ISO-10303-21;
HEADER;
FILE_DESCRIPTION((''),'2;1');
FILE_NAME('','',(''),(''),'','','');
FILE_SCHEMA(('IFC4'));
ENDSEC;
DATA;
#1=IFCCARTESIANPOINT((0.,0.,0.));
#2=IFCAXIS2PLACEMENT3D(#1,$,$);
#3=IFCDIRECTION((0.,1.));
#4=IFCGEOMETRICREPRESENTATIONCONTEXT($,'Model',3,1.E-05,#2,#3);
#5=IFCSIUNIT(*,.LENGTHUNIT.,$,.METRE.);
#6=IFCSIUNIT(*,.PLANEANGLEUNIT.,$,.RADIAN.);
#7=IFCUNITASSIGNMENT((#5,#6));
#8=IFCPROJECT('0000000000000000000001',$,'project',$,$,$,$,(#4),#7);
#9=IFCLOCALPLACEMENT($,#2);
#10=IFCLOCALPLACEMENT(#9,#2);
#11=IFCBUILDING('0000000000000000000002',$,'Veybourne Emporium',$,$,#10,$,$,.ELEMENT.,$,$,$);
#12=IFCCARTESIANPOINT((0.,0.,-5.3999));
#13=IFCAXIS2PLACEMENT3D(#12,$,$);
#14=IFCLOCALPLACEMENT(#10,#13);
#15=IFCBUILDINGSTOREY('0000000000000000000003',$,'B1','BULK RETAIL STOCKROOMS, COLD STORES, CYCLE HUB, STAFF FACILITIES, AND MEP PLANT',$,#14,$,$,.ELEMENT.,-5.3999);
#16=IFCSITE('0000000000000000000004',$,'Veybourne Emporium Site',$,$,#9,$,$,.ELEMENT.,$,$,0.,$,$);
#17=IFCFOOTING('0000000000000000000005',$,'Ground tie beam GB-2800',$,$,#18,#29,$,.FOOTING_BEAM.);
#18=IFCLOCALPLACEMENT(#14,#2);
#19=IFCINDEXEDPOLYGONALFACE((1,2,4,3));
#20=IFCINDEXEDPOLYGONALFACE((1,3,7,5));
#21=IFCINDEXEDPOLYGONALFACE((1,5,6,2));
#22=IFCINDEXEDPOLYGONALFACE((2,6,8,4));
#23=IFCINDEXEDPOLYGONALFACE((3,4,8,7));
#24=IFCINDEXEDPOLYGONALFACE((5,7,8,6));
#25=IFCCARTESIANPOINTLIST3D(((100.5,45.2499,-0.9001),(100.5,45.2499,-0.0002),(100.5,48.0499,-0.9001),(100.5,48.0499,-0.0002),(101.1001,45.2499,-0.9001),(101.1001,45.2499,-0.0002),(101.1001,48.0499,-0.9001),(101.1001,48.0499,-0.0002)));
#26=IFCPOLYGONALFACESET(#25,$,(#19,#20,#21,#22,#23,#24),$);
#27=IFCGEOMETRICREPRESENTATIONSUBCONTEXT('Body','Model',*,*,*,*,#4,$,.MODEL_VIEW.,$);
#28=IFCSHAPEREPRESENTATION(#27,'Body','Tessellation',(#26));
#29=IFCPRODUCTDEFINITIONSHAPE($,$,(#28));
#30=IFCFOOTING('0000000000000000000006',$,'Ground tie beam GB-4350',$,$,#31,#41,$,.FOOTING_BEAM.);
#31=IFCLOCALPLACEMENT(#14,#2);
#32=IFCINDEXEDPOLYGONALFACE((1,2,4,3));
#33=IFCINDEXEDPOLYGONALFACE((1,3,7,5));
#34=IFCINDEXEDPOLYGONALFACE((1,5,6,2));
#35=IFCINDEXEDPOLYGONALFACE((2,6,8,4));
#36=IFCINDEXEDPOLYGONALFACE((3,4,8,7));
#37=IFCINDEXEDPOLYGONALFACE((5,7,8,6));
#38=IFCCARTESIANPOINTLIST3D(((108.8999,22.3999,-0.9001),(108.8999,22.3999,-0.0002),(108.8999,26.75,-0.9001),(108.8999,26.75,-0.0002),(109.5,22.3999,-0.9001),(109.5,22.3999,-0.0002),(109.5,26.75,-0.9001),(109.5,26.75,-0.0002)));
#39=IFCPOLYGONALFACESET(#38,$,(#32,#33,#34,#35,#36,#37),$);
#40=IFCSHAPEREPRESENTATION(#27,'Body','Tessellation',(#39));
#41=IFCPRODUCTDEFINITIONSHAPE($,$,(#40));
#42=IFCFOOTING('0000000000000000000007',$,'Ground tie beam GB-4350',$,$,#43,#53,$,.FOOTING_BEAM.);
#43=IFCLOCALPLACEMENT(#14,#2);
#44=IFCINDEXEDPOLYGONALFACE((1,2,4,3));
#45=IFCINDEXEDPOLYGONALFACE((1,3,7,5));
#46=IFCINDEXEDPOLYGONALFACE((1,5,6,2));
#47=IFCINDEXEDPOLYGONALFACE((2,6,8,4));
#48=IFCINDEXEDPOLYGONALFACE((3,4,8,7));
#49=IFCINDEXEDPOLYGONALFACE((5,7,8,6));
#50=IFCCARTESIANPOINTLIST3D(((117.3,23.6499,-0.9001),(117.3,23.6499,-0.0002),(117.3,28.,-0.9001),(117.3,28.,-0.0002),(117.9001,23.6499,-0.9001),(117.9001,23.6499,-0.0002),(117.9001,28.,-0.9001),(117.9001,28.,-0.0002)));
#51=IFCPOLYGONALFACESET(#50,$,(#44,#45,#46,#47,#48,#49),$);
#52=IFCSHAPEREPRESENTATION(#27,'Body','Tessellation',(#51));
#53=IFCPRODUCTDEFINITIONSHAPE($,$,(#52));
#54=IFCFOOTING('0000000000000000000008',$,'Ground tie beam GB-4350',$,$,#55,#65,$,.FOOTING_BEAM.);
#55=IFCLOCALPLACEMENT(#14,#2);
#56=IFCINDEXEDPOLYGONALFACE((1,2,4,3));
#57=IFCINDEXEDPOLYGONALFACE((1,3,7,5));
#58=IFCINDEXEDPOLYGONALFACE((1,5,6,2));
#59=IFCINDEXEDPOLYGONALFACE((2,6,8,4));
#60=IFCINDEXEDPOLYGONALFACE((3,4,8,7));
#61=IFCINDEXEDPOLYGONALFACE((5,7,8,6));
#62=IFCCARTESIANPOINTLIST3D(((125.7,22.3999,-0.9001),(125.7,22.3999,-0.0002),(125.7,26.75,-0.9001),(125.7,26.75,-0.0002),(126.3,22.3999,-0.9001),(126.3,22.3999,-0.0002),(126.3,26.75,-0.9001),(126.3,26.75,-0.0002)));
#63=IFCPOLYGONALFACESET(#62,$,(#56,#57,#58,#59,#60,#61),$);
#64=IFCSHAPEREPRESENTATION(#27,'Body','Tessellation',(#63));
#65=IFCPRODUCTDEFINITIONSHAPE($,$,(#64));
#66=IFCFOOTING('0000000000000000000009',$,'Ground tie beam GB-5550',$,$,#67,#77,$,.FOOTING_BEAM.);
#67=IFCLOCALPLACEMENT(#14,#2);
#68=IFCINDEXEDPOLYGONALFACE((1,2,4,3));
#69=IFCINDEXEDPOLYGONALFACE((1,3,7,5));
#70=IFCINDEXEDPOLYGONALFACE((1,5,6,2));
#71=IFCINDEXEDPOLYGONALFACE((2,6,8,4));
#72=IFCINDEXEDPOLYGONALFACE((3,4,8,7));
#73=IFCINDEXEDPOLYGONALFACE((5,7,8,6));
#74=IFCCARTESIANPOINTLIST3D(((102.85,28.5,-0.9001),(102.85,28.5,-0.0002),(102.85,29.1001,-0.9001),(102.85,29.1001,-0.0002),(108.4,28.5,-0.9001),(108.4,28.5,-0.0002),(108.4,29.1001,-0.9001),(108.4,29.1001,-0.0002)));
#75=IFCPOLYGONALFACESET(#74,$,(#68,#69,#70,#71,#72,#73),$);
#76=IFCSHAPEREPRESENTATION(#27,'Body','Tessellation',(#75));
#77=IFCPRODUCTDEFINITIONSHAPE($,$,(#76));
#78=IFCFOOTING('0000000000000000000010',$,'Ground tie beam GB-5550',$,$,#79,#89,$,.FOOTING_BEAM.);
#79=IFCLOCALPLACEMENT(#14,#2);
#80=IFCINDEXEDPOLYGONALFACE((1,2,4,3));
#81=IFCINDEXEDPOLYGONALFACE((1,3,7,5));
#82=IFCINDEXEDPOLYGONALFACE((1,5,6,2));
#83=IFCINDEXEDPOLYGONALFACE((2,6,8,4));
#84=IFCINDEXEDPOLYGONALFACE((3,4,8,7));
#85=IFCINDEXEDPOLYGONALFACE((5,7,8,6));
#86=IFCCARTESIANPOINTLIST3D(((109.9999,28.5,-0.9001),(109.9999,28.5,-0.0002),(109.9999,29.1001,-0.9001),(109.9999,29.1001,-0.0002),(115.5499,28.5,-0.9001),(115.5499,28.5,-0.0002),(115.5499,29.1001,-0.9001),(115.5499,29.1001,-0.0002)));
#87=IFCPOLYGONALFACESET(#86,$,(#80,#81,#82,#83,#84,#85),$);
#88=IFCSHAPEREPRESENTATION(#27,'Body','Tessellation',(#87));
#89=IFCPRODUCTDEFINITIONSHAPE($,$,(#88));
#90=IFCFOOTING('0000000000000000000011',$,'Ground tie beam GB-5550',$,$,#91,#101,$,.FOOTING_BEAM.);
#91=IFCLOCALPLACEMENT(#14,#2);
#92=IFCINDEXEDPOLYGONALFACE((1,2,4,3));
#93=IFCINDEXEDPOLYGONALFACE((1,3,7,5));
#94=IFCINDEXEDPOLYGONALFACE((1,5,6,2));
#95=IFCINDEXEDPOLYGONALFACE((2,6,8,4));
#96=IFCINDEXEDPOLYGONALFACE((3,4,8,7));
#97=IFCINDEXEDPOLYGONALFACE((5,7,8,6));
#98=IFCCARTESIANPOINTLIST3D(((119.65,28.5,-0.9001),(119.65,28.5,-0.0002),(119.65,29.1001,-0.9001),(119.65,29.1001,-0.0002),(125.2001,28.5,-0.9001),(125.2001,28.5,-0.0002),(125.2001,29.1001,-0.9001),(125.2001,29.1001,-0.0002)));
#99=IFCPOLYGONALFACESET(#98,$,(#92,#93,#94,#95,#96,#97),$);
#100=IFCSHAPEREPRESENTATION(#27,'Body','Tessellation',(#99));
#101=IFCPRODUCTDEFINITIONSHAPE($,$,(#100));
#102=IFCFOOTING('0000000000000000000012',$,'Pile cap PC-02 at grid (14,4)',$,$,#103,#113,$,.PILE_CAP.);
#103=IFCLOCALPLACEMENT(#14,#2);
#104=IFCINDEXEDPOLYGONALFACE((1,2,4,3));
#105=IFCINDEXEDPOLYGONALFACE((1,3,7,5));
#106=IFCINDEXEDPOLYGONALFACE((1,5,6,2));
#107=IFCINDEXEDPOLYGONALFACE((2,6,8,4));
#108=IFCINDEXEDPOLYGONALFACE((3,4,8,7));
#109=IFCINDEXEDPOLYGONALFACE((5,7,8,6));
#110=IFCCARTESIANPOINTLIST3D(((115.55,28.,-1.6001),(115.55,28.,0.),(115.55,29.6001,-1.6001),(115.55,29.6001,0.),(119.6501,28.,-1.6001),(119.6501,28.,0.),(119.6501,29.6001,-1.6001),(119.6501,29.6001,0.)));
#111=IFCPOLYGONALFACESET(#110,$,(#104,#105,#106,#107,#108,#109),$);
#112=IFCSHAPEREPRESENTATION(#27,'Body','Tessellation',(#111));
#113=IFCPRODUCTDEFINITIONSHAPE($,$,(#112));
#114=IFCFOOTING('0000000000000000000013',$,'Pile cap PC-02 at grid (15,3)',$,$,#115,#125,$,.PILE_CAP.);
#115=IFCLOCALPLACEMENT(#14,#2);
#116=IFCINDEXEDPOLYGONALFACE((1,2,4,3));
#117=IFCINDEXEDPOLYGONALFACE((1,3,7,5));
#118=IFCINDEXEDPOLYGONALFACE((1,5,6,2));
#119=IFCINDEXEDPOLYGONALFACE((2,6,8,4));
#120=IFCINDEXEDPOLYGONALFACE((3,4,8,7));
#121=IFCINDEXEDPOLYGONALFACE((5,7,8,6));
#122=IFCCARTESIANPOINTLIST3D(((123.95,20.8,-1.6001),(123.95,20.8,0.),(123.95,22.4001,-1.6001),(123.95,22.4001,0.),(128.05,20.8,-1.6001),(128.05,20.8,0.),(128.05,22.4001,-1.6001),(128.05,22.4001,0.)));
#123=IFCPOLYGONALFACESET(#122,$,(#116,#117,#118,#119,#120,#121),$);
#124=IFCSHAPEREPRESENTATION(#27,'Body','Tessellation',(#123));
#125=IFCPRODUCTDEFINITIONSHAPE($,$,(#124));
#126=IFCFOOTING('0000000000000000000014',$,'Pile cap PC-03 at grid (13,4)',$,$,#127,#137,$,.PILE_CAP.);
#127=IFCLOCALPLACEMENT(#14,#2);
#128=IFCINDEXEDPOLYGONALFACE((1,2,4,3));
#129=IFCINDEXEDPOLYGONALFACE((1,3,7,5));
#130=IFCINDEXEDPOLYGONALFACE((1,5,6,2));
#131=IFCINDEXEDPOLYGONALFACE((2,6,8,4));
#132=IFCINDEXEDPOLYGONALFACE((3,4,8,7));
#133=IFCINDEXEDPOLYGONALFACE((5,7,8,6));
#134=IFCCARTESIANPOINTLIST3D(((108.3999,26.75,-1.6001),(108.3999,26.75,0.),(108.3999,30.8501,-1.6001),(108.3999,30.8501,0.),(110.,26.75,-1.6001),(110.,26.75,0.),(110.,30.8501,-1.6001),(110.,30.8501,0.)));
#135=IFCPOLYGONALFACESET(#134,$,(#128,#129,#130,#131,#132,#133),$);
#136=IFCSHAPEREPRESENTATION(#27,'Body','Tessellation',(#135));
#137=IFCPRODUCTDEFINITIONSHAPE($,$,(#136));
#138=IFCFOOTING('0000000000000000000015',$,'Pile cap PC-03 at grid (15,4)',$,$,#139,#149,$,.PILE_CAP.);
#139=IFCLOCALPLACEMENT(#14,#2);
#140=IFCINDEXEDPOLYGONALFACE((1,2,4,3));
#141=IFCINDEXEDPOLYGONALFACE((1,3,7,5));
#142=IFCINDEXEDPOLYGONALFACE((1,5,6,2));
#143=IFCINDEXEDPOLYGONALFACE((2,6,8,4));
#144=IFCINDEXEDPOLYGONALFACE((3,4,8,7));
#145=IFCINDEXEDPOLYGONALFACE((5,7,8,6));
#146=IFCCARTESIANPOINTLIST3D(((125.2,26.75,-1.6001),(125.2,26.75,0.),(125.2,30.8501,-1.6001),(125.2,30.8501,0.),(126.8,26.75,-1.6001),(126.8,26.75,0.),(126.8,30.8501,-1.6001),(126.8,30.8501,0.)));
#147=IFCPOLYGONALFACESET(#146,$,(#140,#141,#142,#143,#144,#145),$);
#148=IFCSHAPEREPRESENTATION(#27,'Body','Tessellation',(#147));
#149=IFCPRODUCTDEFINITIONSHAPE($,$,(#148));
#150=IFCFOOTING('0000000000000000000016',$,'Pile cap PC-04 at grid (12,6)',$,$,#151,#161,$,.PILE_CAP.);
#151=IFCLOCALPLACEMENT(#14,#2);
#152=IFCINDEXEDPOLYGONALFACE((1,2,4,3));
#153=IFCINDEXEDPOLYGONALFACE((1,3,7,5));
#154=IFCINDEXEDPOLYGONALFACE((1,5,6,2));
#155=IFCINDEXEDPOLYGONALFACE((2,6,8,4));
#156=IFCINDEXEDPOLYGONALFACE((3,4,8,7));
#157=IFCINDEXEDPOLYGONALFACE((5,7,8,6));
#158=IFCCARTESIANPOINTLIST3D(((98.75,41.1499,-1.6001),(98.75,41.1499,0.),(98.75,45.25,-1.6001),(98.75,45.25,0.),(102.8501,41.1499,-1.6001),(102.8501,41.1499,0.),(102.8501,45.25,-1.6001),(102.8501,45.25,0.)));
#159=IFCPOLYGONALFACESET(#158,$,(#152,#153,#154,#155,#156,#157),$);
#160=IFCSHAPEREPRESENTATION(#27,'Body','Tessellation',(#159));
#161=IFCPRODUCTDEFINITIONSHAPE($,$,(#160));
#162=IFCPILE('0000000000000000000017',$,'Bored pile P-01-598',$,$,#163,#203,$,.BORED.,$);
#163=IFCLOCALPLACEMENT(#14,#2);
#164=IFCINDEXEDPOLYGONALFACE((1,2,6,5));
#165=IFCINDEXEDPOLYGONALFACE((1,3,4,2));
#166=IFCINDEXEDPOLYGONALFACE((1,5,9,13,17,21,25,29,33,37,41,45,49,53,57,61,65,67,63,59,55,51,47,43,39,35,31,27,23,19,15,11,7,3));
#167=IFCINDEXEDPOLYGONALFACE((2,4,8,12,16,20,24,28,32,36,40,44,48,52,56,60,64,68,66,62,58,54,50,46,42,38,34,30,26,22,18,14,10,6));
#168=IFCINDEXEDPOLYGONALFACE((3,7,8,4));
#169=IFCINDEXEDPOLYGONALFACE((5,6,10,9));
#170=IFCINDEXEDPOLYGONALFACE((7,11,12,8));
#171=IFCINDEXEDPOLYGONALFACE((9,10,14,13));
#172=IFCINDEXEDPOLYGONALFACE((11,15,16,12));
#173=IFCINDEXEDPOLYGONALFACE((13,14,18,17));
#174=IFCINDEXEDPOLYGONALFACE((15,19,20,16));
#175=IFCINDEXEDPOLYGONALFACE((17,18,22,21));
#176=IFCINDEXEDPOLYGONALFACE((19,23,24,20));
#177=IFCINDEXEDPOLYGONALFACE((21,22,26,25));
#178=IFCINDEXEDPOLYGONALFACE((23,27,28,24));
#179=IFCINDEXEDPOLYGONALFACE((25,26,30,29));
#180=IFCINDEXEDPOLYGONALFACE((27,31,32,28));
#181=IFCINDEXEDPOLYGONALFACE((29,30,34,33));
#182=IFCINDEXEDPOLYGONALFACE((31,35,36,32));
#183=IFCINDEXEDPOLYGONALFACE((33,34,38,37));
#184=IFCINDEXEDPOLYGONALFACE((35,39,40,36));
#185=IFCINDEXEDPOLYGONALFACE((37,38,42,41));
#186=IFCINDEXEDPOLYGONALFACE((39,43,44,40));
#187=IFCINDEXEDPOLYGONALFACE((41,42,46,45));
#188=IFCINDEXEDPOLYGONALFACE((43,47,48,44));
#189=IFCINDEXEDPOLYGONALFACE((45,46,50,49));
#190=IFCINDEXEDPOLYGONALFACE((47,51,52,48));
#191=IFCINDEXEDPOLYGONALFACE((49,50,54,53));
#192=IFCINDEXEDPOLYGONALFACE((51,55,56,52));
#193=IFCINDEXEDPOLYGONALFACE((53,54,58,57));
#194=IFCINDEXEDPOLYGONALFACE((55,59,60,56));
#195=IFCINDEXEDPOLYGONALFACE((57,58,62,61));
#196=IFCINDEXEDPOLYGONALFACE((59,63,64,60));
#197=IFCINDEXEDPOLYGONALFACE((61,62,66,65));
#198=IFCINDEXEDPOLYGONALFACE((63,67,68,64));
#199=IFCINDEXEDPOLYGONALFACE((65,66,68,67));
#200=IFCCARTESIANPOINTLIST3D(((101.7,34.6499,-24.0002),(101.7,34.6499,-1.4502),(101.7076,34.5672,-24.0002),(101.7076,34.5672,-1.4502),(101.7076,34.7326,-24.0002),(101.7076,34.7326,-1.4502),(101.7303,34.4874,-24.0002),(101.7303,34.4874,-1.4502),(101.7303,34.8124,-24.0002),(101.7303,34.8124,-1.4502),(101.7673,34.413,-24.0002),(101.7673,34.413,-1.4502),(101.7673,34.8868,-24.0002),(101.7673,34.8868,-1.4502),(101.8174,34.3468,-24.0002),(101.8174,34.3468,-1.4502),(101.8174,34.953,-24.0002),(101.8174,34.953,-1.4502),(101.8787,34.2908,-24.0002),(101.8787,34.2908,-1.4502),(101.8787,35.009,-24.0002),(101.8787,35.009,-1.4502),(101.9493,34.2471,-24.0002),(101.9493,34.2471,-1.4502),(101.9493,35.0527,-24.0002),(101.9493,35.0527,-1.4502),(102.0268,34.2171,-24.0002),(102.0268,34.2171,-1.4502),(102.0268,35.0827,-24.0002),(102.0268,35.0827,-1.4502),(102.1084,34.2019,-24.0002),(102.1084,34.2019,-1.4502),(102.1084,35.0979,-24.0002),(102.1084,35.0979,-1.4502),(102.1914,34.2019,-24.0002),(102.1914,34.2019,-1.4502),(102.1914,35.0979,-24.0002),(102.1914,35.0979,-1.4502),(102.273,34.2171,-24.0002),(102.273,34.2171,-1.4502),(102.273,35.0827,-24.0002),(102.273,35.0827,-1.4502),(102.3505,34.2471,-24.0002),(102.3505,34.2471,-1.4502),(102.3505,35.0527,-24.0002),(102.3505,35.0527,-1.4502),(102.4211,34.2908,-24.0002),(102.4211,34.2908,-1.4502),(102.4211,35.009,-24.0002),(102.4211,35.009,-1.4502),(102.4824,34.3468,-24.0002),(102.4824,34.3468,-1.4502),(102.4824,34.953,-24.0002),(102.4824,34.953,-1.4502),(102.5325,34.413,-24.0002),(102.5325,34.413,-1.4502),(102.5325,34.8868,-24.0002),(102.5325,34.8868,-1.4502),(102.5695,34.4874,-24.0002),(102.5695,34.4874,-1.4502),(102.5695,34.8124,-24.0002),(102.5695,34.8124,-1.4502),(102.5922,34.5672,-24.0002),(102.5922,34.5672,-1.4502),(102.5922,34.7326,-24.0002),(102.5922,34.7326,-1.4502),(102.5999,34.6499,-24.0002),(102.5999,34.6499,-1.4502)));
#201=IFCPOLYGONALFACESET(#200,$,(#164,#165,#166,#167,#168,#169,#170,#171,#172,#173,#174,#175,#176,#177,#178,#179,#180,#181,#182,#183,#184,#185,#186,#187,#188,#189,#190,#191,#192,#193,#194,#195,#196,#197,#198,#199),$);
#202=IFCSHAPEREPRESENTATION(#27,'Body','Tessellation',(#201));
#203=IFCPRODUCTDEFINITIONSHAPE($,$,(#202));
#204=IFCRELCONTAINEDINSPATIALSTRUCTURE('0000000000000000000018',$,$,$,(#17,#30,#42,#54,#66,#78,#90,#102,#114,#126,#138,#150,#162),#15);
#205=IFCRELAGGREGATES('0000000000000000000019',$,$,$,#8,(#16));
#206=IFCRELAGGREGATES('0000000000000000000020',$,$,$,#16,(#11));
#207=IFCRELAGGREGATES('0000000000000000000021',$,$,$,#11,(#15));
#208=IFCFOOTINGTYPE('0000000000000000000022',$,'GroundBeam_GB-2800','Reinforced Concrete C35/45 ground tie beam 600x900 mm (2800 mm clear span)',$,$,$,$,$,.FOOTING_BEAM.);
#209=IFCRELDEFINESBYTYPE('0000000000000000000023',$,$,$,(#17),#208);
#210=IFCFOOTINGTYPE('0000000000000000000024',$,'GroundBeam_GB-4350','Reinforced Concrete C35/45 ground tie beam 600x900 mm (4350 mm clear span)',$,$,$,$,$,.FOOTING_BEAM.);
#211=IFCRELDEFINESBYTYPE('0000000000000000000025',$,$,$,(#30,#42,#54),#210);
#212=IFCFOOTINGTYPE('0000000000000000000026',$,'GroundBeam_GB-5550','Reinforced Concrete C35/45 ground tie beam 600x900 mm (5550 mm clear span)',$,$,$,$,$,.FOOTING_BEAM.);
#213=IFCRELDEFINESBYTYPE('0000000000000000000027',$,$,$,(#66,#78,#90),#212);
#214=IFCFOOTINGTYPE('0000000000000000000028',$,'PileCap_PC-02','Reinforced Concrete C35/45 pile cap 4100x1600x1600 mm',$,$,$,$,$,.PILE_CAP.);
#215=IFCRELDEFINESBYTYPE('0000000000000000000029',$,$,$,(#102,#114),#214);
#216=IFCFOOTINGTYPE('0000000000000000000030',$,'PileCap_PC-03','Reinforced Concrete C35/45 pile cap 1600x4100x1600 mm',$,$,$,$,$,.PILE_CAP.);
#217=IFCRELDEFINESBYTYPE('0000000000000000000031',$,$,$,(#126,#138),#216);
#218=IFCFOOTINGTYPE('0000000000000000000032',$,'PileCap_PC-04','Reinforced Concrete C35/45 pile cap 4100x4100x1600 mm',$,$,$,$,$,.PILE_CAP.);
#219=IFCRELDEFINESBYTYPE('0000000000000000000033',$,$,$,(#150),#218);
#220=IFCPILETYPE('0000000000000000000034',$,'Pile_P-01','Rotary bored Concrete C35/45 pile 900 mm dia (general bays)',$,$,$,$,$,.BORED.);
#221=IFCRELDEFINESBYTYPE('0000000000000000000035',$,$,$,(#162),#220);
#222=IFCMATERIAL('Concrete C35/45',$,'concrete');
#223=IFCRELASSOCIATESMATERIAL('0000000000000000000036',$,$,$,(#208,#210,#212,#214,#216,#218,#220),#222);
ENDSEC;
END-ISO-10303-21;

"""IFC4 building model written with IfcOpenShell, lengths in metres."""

from ifc_helpers import new_model, si_unit, direction, frame, origin, origin_2d, place, context, subcontext, project, spatial, rectangle, circle, extrude, material, material_profile, profile_set, type_object, element, save


model = new_model("IFC4")

# Units and contexts
model_context = context("Model", 3, precision=1e-05, world=origin(), true_north=direction((0.0, 1.0)))
body_context = subcontext(model_context, "Body", "Model", "MODEL_VIEW")
ifc_project = project(units=[si_unit("LENGTHUNIT", "METRE"), si_unit("PLANEANGLEUNIT", "RADIAN")], contexts=[model_context])

# Site, building, storey
site_placement = place(None, origin())
site = spatial("IfcSite", under=ifc_project, at=site_placement, Name="Veybourne Emporium Site", CompositionType="ELEMENT", RefElevation=0.0)
building_placement = place(site_placement, origin())
building = spatial("IfcBuilding", under=site, at=building_placement, Name="Veybourne Emporium", CompositionType="ELEMENT")
storey_placement = place(building_placement, frame((0.0, 0.0, -5.3999)))
storey = spatial("IfcBuildingStorey", under=building, at=storey_placement, Name="B1", Description="BULK RETAIL STOCKROOMS, COLD STORES, CYCLE HUB, STAFF FACILITIES, AND MEP PLANT", CompositionType="ELEMENT", Elevation=-5.3999)

# Footings
ifc_material_1 = material(Name="Concrete C35/45", Category="concrete")
footing_type_1 = type_object("IfcFootingType", Name="GroundBeam_GB-2800", Description="Reinforced Concrete C35/45 ground tie beam 600x900 mm (2800 mm clear span)", PredefinedType="FOOTING_BEAM", material=ifc_material_1)
footing_1_placement = place(storey_placement, frame((100.8, 46.6499, -0.9001), z_axis=(0.0, 0.0, 1.0), x_axis=(0.0, 1.0, 0.0)))
element("IfcFooting", 1, at=footing_1_placement, inside=storey, type_object=footing_type_1, Name="Ground tie beam GB-2800", PredefinedType="FOOTING_BEAM", context=body_context, shape_type="SweptSolid", body=[
    extrude(rectangle(XDim=2.8, YDim=0.6001, at=origin_2d()), origin(), (0.0, 0.0, 1.0), 0.8999),
])
footing_type_2 = type_object("IfcFootingType", Name="GroundBeam_GB-4350", Description="Reinforced Concrete C35/45 ground tie beam 600x900 mm (4350 mm clear span)", PredefinedType="FOOTING_BEAM", material=ifc_material_1)
for number, where, z_axis, x_axis, name in (
    (2, (109.2, 24.575, -0.9001), (0.0, 0.0, 1.0), (0.0, 1.0, 0.0), "Ground tie beam GB-4350"),
    (3, (117.6001, 25.825, -0.9001), (0.0, 0.0, 1.0), (0.0, 1.0, 0.0), "Ground tie beam GB-4350"),
    (4, (126.0, 24.575, -0.9001), (0.0, 0.0, 1.0), (0.0, 1.0, 0.0), "Ground tie beam GB-4350"),
):
    element("IfcFooting", number, at=place(storey_placement, frame(where, z_axis=z_axis, x_axis=x_axis)), inside=storey, type_object=footing_type_2, Name=name, PredefinedType="FOOTING_BEAM", context=body_context, shape_type="SweptSolid", body=[
        extrude(rectangle(XDim=4.3501, YDim=0.6001, at=origin_2d()), origin(), (0.0, 0.0, 1.0), 0.8999),
    ])
footing_type_3 = type_object("IfcFootingType", Name="GroundBeam_GB-5550", Description="Reinforced Concrete C35/45 ground tie beam 600x900 mm (5550 mm clear span)", PredefinedType="FOOTING_BEAM", material=ifc_material_1)
for number, where, z_axis, x_axis, name in (
    (5, (105.625, 28.8, -0.9001), (0.0, 0.0, 1.0), (1.0, 0.0, 0.0), "Ground tie beam GB-5550"),
    (6, (112.7749, 28.8, -0.9001), (0.0, 0.0, 1.0), (1.0, 0.0, 0.0), "Ground tie beam GB-5550"),
    (7, (122.425, 28.8, -0.9001), (0.0, 0.0, 1.0), (1.0, 0.0, 0.0), "Ground tie beam GB-5550"),
):
    element("IfcFooting", number, at=place(storey_placement, frame(where, z_axis=z_axis, x_axis=x_axis)), inside=storey, type_object=footing_type_3, Name=name, PredefinedType="FOOTING_BEAM", context=body_context, shape_type="SweptSolid", body=[
        extrude(rectangle(XDim=5.55, YDim=0.6001, at=origin_2d()), origin(), (0.0, 0.0, 1.0), 0.8999),
    ])
footing_type_4 = type_object("IfcFootingType", Name="PileCap_PC-02", Description="Reinforced Concrete C35/45 pile cap 4100x1600x1600 mm", PredefinedType="PILE_CAP", material=ifc_material_1)
for number, where, z_axis, x_axis, name in (
    (8, (117.6001, 28.8, -1.6001), (0.0, 0.0, 1.0), (1.0, 0.0, 0.0), "Pile cap PC-02 at grid (14,4)"),
    (9, (126.0, 21.6001, -1.6001), (0.0, 0.0, 1.0), (1.0, 0.0, 0.0), "Pile cap PC-02 at grid (15,3)"),
):
    element("IfcFooting", number, at=place(storey_placement, frame(where, z_axis=z_axis, x_axis=x_axis)), inside=storey, type_object=footing_type_4, Name=name, PredefinedType="PILE_CAP", context=body_context, shape_type="SweptSolid", body=[
        extrude(rectangle(XDim=4.1001, YDim=1.6001, at=origin_2d()), origin(), (0.0, 0.0, 1.0), 1.6001),
    ])
footing_type_5 = type_object("IfcFootingType", Name="PileCap_PC-03", Description="Reinforced Concrete C35/45 pile cap 1600x4100x1600 mm", PredefinedType="PILE_CAP", material=ifc_material_1)
for number, where, z_axis, x_axis, name in (
    (10, (109.2, 28.8, -1.6001), (0.0, 0.0, 1.0), (1.0, 0.0, 0.0), "Pile cap PC-03 at grid (13,4)"),
    (11, (126.0, 28.8, -1.6001), (0.0, 0.0, 1.0), (1.0, 0.0, 0.0), "Pile cap PC-03 at grid (15,4)"),
):
    element("IfcFooting", number, at=place(storey_placement, frame(where, z_axis=z_axis, x_axis=x_axis)), inside=storey, type_object=footing_type_5, Name=name, PredefinedType="PILE_CAP", context=body_context, shape_type="SweptSolid", body=[
        extrude(rectangle(XDim=1.6001, YDim=4.1001, at=origin_2d()), origin(), (0.0, 0.0, 1.0), 1.6001),
    ])
footing_type_6 = type_object("IfcFootingType", Name="PileCap_PC-04", Description="Reinforced Concrete C35/45 pile cap 4100x4100x1600 mm", PredefinedType="PILE_CAP", material=ifc_material_1)
footing_2_placement = place(storey_placement, frame((100.8, 43.2, -1.6001), z_axis=(0.0, 0.0, 1.0), x_axis=(1.0, 0.0, 0.0)))
element("IfcFooting", 12, at=footing_2_placement, inside=storey, type_object=footing_type_6, Name="Pile cap PC-04 at grid (12,6)", PredefinedType="PILE_CAP", context=body_context, shape_type="SweptSolid", body=[
    extrude(rectangle(XDim=4.1001, YDim=4.1001, at=origin_2d()), origin(), (0.0, 0.0, 1.0), 1.6001),
])

# Pile
ifc_material_profile_1 = material_profile(ifc_material_1, circle(Radius=0.45, at=origin_2d()), Name="BORED PILE 900")
ifc_profile_set_1 = profile_set([ifc_material_profile_1], Name="Concrete C35/45")
pile_type_1 = type_object("IfcPileType", Name="Pile_P-01", Description="Rotary bored Concrete C35/45 pile 900 mm dia (general bays)", PredefinedType="BORED", material=ifc_profile_set_1)
for number, where, z_axis, x_axis, name in (
    (13, (102.1499, 34.6499, -1.4502), (0.0, 0.0, -1.0), (1.0, 0.0, 0.0), "Bored pile P-01-598"),
):
    element("IfcPile", number, at=place(storey_placement, frame(where, z_axis=z_axis, x_axis=x_axis)), inside=storey, type_object=pile_type_1, Name=name, PredefinedType="BORED", context=body_context, shape_type="SweptSolid", body=[
        extrude(circle(Radius=0.45, at=origin_2d()), origin(), (0.0, 0.0, 1.0), 22.55),
    ])

save(model, "model.ifc")
